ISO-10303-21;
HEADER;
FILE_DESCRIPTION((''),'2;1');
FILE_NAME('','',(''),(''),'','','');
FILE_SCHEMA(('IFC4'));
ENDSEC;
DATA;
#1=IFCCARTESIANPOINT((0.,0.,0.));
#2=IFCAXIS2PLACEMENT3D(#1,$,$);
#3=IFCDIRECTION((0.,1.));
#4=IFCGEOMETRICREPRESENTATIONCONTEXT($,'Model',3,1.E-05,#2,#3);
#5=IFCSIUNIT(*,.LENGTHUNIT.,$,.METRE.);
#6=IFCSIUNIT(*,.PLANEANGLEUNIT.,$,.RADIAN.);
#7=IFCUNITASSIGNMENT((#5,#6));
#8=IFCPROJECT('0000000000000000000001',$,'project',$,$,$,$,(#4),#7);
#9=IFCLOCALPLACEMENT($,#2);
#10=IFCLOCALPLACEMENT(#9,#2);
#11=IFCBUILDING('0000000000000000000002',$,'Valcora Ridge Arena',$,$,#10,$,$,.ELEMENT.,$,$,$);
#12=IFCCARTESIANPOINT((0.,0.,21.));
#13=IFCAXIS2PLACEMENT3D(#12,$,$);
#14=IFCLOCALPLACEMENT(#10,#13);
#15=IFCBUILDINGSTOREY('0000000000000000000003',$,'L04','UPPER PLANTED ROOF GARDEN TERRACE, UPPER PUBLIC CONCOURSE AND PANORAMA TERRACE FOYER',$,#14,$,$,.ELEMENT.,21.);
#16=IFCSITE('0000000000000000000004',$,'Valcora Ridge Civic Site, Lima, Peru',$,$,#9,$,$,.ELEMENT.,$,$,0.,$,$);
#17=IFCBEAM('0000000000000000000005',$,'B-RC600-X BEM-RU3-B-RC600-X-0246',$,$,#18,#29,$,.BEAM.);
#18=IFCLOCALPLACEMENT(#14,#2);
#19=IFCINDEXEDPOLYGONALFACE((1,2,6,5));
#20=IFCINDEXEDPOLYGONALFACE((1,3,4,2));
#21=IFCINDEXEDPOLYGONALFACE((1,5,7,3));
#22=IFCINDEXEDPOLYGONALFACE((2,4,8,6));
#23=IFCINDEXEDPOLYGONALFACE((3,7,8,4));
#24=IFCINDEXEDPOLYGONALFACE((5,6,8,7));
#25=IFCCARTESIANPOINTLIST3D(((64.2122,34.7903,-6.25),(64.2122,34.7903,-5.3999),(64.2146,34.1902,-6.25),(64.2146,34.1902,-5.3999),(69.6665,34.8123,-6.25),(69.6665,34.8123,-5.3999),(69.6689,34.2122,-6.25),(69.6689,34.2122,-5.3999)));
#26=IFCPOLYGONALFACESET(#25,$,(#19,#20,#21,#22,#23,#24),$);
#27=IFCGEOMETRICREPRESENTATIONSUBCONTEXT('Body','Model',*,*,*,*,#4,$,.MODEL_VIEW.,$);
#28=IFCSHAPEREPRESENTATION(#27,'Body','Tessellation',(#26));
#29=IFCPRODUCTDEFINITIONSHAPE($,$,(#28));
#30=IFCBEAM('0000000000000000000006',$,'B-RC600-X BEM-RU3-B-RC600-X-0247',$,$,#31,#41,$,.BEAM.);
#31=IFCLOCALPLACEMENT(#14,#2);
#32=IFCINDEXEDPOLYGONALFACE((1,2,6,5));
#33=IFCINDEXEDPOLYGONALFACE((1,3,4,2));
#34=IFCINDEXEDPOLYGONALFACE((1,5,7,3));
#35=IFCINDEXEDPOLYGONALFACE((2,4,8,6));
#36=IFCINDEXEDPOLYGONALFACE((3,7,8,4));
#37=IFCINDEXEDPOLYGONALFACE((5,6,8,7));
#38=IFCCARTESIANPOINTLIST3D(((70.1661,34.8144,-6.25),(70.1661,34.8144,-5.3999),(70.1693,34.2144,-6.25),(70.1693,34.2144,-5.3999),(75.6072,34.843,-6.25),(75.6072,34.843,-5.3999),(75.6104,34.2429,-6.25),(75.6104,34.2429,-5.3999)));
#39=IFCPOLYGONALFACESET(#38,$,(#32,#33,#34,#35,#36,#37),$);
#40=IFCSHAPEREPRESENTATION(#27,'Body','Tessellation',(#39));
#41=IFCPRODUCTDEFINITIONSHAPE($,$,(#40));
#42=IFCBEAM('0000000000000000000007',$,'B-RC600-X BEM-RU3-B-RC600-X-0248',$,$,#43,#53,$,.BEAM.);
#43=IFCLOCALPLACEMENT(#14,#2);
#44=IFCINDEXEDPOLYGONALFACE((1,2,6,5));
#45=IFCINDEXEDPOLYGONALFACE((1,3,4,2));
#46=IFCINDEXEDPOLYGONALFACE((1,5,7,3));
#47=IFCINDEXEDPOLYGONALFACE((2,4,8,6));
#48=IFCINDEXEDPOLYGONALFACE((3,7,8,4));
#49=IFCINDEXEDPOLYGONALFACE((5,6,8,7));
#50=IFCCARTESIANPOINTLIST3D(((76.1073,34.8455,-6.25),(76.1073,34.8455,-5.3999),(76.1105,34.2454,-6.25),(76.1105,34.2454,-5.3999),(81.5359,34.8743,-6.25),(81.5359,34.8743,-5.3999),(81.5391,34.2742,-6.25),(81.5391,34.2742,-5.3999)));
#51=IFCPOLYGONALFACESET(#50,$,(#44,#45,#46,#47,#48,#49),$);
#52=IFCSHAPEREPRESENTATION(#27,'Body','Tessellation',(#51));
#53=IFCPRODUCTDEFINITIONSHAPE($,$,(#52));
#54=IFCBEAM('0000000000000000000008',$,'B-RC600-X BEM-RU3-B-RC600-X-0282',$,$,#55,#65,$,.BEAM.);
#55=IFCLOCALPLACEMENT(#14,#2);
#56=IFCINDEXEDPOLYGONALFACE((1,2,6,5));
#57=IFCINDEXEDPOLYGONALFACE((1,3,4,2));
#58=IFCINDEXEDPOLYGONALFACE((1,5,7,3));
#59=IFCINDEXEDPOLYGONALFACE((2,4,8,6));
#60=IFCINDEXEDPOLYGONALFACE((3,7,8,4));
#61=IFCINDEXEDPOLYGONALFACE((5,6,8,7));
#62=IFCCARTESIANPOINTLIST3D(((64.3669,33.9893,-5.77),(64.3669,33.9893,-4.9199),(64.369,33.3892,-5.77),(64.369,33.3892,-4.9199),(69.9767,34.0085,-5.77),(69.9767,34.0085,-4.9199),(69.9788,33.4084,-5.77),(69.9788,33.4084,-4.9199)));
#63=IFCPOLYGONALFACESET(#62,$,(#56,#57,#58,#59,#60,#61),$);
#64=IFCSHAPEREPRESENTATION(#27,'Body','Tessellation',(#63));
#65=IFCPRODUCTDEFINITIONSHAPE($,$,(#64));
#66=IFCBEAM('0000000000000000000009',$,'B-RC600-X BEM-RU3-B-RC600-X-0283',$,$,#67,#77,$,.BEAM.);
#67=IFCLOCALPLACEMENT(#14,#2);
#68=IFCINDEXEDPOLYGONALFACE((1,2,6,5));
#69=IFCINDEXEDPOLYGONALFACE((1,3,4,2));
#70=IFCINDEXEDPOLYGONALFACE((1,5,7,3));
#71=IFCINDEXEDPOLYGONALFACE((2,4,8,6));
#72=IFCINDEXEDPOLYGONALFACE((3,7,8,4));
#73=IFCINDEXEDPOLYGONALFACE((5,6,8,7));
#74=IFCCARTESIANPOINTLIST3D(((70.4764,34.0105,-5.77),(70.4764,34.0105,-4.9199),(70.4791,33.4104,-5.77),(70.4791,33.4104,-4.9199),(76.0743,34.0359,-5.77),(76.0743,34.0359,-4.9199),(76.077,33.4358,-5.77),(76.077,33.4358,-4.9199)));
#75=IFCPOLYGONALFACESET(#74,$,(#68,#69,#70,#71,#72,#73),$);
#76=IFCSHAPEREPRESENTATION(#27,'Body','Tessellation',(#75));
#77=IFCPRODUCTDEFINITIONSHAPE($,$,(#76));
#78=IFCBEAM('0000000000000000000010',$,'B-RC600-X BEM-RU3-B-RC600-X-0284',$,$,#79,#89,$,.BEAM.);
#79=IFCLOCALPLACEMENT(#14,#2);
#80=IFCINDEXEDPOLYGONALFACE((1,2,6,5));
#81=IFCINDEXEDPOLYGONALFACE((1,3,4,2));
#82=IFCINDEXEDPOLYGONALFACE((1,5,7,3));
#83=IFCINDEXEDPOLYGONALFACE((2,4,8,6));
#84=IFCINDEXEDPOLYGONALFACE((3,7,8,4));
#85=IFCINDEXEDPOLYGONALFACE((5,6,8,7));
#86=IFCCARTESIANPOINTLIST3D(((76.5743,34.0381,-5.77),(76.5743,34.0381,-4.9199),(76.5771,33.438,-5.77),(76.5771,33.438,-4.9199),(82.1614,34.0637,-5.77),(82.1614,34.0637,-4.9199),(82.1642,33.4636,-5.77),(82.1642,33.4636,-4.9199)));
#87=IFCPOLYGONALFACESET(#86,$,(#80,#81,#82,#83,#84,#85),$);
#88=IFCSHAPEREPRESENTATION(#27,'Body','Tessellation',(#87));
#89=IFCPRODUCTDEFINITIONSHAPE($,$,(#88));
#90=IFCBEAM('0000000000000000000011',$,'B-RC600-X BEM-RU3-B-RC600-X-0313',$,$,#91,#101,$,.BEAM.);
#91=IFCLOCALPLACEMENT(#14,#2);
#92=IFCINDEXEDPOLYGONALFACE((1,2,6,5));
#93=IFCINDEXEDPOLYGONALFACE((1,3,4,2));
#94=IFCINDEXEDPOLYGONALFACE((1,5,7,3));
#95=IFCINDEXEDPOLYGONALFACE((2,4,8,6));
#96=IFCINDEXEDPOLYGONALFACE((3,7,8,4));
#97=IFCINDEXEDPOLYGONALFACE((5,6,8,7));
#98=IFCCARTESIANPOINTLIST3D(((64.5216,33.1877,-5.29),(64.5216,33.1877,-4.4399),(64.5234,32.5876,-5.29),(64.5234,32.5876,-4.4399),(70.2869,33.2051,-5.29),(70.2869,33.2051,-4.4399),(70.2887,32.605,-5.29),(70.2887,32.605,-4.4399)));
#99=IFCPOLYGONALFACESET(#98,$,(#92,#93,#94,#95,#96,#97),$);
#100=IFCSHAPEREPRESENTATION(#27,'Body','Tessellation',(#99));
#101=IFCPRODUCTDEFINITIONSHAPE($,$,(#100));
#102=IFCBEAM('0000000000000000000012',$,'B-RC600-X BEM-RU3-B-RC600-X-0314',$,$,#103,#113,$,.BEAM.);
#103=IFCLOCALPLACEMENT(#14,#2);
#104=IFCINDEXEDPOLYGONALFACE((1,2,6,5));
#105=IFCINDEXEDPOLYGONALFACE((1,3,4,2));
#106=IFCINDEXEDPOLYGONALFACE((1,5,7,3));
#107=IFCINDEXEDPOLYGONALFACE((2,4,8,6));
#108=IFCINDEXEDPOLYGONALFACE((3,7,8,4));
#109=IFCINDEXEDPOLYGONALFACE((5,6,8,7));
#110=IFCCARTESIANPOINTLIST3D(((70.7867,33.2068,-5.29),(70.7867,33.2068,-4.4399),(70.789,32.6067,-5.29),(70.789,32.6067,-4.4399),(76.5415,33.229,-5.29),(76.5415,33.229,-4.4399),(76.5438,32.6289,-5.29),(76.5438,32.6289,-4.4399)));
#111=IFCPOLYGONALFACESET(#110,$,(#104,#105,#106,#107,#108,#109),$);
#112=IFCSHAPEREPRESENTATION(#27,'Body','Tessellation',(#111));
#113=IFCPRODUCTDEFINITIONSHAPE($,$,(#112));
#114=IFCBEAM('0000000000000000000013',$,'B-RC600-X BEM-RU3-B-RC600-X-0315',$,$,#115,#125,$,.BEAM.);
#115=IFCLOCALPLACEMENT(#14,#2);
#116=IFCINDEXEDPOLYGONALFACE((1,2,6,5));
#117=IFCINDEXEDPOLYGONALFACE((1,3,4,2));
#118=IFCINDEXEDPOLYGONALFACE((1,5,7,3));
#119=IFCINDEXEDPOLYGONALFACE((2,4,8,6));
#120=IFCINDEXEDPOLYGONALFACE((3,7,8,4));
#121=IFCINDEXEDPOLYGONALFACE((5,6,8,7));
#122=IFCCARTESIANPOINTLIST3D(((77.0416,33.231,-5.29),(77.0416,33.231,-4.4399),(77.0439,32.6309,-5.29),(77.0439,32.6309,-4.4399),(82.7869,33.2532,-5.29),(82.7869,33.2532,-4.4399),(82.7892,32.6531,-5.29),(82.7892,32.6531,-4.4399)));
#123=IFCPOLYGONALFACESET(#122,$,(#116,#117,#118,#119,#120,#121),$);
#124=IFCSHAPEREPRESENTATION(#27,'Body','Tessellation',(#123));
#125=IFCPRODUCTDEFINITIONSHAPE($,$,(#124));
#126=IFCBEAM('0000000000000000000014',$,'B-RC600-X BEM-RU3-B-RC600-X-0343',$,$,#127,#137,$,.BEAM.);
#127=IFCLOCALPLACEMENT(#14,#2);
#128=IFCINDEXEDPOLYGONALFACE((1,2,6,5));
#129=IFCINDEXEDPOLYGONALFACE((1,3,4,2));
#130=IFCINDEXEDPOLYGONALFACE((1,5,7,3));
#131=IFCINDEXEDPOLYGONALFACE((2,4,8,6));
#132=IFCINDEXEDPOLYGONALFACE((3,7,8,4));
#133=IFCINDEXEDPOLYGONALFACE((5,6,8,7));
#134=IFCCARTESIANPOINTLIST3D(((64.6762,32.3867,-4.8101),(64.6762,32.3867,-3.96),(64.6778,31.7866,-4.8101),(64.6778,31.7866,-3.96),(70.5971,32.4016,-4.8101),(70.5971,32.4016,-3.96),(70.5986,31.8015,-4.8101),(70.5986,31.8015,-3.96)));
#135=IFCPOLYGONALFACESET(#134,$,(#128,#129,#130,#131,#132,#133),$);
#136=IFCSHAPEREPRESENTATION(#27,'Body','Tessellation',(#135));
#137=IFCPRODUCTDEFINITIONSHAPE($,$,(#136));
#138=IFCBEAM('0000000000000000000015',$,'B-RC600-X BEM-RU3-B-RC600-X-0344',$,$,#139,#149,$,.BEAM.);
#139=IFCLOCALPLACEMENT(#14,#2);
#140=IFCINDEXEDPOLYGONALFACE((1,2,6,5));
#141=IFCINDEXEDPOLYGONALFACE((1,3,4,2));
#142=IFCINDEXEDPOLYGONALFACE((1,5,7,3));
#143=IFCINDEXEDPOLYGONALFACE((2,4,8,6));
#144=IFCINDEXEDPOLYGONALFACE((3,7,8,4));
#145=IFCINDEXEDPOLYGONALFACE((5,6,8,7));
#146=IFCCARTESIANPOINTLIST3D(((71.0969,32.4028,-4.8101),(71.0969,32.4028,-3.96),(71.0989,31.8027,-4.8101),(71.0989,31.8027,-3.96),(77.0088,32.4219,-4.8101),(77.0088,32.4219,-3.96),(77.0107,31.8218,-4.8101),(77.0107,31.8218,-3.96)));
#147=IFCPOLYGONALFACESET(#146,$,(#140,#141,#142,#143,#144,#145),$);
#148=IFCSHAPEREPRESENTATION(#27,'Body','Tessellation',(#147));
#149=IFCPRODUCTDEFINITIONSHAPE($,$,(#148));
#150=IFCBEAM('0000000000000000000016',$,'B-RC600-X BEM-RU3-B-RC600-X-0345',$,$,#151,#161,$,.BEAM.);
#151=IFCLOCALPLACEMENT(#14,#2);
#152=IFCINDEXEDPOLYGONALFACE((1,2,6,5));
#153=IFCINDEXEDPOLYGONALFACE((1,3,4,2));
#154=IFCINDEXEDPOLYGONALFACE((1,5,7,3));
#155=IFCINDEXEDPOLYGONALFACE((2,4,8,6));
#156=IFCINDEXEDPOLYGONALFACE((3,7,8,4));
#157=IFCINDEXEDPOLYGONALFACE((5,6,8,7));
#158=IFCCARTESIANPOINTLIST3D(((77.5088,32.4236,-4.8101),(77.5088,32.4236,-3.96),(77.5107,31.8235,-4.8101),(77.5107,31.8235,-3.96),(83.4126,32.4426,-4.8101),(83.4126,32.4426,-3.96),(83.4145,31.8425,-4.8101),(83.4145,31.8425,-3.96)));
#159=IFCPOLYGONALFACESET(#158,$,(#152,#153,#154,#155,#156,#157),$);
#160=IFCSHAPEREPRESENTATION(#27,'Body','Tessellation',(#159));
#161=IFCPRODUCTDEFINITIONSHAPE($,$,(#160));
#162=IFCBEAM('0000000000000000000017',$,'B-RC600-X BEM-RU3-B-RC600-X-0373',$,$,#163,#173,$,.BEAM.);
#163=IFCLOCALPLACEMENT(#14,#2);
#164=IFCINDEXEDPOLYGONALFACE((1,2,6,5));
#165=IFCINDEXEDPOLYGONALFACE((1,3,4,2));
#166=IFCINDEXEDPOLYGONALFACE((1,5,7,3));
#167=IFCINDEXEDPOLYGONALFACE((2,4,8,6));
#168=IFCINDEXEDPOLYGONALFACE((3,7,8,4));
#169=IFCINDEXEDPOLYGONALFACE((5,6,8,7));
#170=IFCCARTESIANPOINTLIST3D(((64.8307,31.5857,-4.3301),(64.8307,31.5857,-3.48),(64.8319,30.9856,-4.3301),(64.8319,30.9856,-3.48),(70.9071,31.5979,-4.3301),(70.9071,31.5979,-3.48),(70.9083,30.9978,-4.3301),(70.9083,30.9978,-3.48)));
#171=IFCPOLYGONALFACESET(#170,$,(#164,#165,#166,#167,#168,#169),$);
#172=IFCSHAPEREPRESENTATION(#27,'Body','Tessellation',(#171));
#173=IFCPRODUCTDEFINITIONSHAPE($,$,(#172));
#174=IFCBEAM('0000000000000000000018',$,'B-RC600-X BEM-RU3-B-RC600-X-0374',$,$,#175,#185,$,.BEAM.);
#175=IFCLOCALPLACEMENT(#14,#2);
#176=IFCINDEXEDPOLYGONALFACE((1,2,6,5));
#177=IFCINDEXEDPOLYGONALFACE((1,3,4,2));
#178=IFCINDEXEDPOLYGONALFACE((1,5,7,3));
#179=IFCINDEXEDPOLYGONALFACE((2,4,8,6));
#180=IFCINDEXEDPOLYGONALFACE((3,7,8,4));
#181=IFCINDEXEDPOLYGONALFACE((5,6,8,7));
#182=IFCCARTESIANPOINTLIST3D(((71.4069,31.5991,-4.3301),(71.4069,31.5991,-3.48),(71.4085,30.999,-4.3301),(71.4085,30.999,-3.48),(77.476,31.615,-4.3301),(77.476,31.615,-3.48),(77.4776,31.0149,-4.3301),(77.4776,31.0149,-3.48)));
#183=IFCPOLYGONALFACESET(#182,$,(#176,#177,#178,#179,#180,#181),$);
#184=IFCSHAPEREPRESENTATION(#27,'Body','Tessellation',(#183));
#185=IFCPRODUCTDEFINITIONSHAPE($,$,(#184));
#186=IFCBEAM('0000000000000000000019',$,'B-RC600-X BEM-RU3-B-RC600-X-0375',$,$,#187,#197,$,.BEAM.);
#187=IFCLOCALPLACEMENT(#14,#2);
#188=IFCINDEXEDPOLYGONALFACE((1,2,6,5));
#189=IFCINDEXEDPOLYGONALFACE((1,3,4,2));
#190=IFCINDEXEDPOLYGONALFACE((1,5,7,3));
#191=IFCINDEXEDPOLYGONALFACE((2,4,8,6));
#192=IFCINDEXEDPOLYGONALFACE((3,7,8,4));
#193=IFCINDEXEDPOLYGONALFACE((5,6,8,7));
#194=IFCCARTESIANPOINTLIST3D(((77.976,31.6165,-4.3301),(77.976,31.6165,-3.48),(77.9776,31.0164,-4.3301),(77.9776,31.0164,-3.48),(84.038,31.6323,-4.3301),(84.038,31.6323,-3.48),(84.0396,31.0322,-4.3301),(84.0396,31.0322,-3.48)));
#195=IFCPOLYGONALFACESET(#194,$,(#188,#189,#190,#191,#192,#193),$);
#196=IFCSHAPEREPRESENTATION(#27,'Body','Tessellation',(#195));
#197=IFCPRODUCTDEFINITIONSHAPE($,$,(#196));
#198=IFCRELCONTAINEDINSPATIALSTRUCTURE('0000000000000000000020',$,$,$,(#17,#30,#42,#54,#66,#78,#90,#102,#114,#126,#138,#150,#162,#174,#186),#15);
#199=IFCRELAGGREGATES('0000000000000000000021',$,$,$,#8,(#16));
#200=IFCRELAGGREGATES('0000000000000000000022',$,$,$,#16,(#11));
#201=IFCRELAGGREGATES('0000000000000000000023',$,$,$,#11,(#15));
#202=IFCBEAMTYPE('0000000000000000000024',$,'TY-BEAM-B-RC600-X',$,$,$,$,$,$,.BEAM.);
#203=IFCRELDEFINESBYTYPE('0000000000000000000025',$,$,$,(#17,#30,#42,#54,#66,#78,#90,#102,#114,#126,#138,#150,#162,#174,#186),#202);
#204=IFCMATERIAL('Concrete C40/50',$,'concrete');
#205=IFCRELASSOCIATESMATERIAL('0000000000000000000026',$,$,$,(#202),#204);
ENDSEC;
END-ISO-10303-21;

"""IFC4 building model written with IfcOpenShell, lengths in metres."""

from ifc_helpers import new_model, si_unit, direction, frame, origin, origin_2d, place, context, subcontext, project, spatial, rectangle, extrude, material, material_profile, profile_set, type_object, element, save


model = new_model("IFC4")

# Units and contexts
model_context = context("Model", 3, precision=1e-05, world=origin(), true_north=direction((0.0, 1.0)))
body_context = subcontext(model_context, "Body", "Model", "MODEL_VIEW")
ifc_project = project(units=[si_unit("LENGTHUNIT", "METRE"), si_unit("PLANEANGLEUNIT", "RADIAN")], contexts=[model_context])

# Site, building, storey
site_placement = place(None, origin())
site = spatial("IfcSite", under=ifc_project, at=site_placement, Name="Valcora Ridge Civic Site, Lima, Peru", CompositionType="ELEMENT", RefElevation=0.0)
building_placement = place(site_placement, origin())
building = spatial("IfcBuilding", under=site, at=building_placement, Name="Valcora Ridge Arena", CompositionType="ELEMENT")
storey_placement = place(building_placement, frame((0.0, 0.0, 21.0)))
storey = spatial("IfcBuildingStorey", under=building, at=storey_placement, Name="L04", Description="UPPER PLANTED ROOF GARDEN TERRACE, UPPER PUBLIC CONCOURSE AND PANORAMA TERRACE FOYER", CompositionType="ELEMENT", Elevation=21.0)

# Beams
ifc_material_1 = material(Name="Concrete C40/50", Category="concrete")
ifc_material_profile_1 = material_profile(ifc_material_1, rectangle(XDim=0.6001, YDim=0.8501, at=origin_2d()), Name="RC 600x850")
ifc_profile_set_1 = profile_set([ifc_material_profile_1], Name="Concrete C40/50")
beam_type_1 = type_object("IfcBeamType", Name="TY-BEAM-B-RC600-X", PredefinedType="BEAM", material=ifc_profile_set_1)
beam_1_placement = place(storey_placement, frame((64.2134, 34.4902, -5.825), z_axis=(0.999992, 0.004028, 0.0), x_axis=(-0.004028, 0.999992, 0.0)))
element("IfcBeam", 1, at=beam_1_placement, inside=storey, type_object=beam_type_1, Name="B-RC600-X BEM-RU3-B-RC600-X-0246", PredefinedType="BEAM", context=body_context, shape_type="SweptSolid", body=[
    extrude(rectangle(XDim=0.6001, YDim=0.8501, at=origin_2d()), origin(), (0.0, 0.0, 1.0), 5.4543),
])
beam_2_placement = place(storey_placement, frame((70.1677, 34.5144, -5.825), z_axis=(0.999986, 0.00525, 0.0), x_axis=(-0.00525, 0.999986, 0.0)))
element("IfcBeam", 2, at=beam_2_placement, inside=storey, type_object=beam_type_1, Name="B-RC600-X BEM-RU3-B-RC600-X-0247", PredefinedType="BEAM", context=body_context, shape_type="SweptSolid", body=[
    extrude(rectangle(XDim=0.6001, YDim=0.8501, at=origin_2d()), origin(), (0.0, 0.0, 1.0), 5.4412),
])
beam_3_placement = place(storey_placement, frame((76.1089, 34.5454, -5.825), z_axis=(0.999986, 0.005307, 0.0), x_axis=(-0.005307, 0.999986, 0.0)))
element("IfcBeam", 3, at=beam_3_placement, inside=storey, type_object=beam_type_1, Name="B-RC600-X BEM-RU3-B-RC600-X-0248", PredefinedType="BEAM", context=body_context, shape_type="SweptSolid", body=[
    extrude(rectangle(XDim=0.6001, YDim=0.8501, at=origin_2d()), origin(), (0.0, 0.0, 1.0), 5.4287),
])
beam_4_placement = place(storey_placement, frame((64.3679, 33.6892, -5.345), z_axis=(0.999994, 0.003438, 0.0), x_axis=(-0.003438, 0.999994, 0.0)))
element("IfcBeam", 4, at=beam_4_placement, inside=storey, type_object=beam_type_1, Name="B-RC600-X BEM-RU3-B-RC600-X-0282", PredefinedType="BEAM", context=body_context, shape_type="SweptSolid", body=[
    extrude(rectangle(XDim=0.6001, YDim=0.8501, at=origin_2d()), origin(), (0.0, 0.0, 1.0), 5.6099),
])
beam_5_placement = place(storey_placement, frame((70.4778, 33.7104, -5.345), z_axis=(0.99999, 0.004536, 0.0), x_axis=(-0.004536, 0.99999, 0.0)))
element("IfcBeam", 5, at=beam_5_placement, inside=storey, type_object=beam_type_1, Name="B-RC600-X BEM-RU3-B-RC600-X-0283", PredefinedType="BEAM", context=body_context, shape_type="SweptSolid", body=[
    extrude(rectangle(XDim=0.6001, YDim=0.8501, at=origin_2d()), origin(), (0.0, 0.0, 1.0), 5.5979),
])
beam_6_placement = place(storey_placement, frame((76.5757, 33.738, -5.345), z_axis=(0.999989, 0.004588, 0.0), x_axis=(-0.004588, 0.999989, 0.0)))
element("IfcBeam", 6, at=beam_6_placement, inside=storey, type_object=beam_type_1, Name="B-RC600-X BEM-RU3-B-RC600-X-0284", PredefinedType="BEAM", context=body_context, shape_type="SweptSolid", body=[
    extrude(rectangle(XDim=0.6001, YDim=0.8501, at=origin_2d()), origin(), (0.0, 0.0, 1.0), 5.5872),
])
beam_7_placement = place(storey_placement, frame((64.5225, 32.8877, -4.865), z_axis=(0.999995, 0.003007, 0.0), x_axis=(-0.003007, 0.999995, 0.0)))
element("IfcBeam", 7, at=beam_7_placement, inside=storey, type_object=beam_type_1, Name="B-RC600-X BEM-RU3-B-RC600-X-0313", PredefinedType="BEAM", context=body_context, shape_type="SweptSolid", body=[
    extrude(rectangle(XDim=0.6001, YDim=0.8501, at=origin_2d()), origin(), (0.0, 0.0, 1.0), 5.7654),
])
beam_8_placement = place(storey_placement, frame((70.7878, 32.9067, -4.865), z_axis=(0.999993, 0.00386, 0.0), x_axis=(-0.00386, 0.999993, 0.0)))
element("IfcBeam", 8, at=beam_8_placement, inside=storey, type_object=beam_type_1, Name="B-RC600-X BEM-RU3-B-RC600-X-0314", PredefinedType="BEAM", context=body_context, shape_type="SweptSolid", body=[
    extrude(rectangle(XDim=0.6001, YDim=0.8501, at=origin_2d()), origin(), (0.0, 0.0, 1.0), 5.7549),
])
beam_9_placement = place(storey_placement, frame((77.0427, 32.9309, -4.865), z_axis=(0.999993, 0.003867, 0.0), x_axis=(-0.003867, 0.999993, 0.0)))
element("IfcBeam", 9, at=beam_9_placement, inside=storey, type_object=beam_type_1, Name="B-RC600-X BEM-RU3-B-RC600-X-0315", PredefinedType="BEAM", context=body_context, shape_type="SweptSolid", body=[
    extrude(rectangle(XDim=0.6001, YDim=0.8501, at=origin_2d()), origin(), (0.0, 0.0, 1.0), 5.7454),
])
beam_10_placement = place(storey_placement, frame((64.677, 32.0867, -4.385), z_axis=(0.999997, 0.002515, 0.0), x_axis=(-0.002515, 0.999997, 0.0)))
element("IfcBeam", 10, at=beam_10_placement, inside=storey, type_object=beam_type_1, Name="B-RC600-X BEM-RU3-B-RC600-X-0343", PredefinedType="BEAM", context=body_context, shape_type="SweptSolid", body=[
    extrude(rectangle(XDim=0.6001, YDim=0.8501, at=origin_2d()), origin(), (0.0, 0.0, 1.0), 5.9209),
])
beam_11_placement = place(storey_placement, frame((71.0979, 32.1028, -4.385), z_axis=(0.999995, 0.003221, 0.0), x_axis=(-0.003221, 0.999995, 0.0)))
element("IfcBeam", 11, at=beam_11_placement, inside=storey, type_object=beam_type_1, Name="B-RC600-X BEM-RU3-B-RC600-X-0344", PredefinedType="BEAM", context=body_context, shape_type="SweptSolid", body=[
    extrude(rectangle(XDim=0.6001, YDim=0.8501, at=origin_2d()), origin(), (0.0, 0.0, 1.0), 5.9119),
])
beam_12_placement = place(storey_placement, frame((77.5098, 32.1235, -4.385), z_axis=(0.999995, 0.003226, 0.0), x_axis=(-0.003226, 0.999995, 0.0)))
element("IfcBeam", 12, at=beam_12_placement, inside=storey, type_object=beam_type_1, Name="B-RC600-X BEM-RU3-B-RC600-X-0345", PredefinedType="BEAM", context=body_context, shape_type="SweptSolid", body=[
    extrude(rectangle(XDim=0.6001, YDim=0.8501, at=origin_2d()), origin(), (0.0, 0.0, 1.0), 5.9038),
])
beam_13_placement = place(storey_placement, frame((64.8313, 31.2856, -3.905), z_axis=(0.999998, 0.002009, 0.0), x_axis=(-0.002009, 0.999998, 0.0)))
element("IfcBeam", 13, at=beam_13_placement, inside=storey, type_object=beam_type_1, Name="B-RC600-X BEM-RU3-B-RC600-X-0373", PredefinedType="BEAM", context=body_context, shape_type="SweptSolid", body=[
    extrude(rectangle(XDim=0.6001, YDim=0.8501, at=origin_2d()), origin(), (0.0, 0.0, 1.0), 6.0764),
])
beam_14_placement = place(storey_placement, frame((71.4077, 31.2991, -3.905), z_axis=(0.999997, 0.002615, 0.0), x_axis=(-0.002615, 0.999997, 0.0)))
element("IfcBeam", 14, at=beam_14_placement, inside=storey, type_object=beam_type_1, Name="B-RC600-X BEM-RU3-B-RC600-X-0374", PredefinedType="BEAM", context=body_context, shape_type="SweptSolid", body=[
    extrude(rectangle(XDim=0.6001, YDim=0.8501, at=origin_2d()), origin(), (0.0, 0.0, 1.0), 6.0691),
])
beam_15_placement = place(storey_placement, frame((77.9768, 31.3164, -3.905), z_axis=(0.999997, 0.002618, 0.0), x_axis=(-0.002618, 0.999997, 0.0)))
element("IfcBeam", 15, at=beam_15_placement, inside=storey, type_object=beam_type_1, Name="B-RC600-X BEM-RU3-B-RC600-X-0375", PredefinedType="BEAM", context=body_context, shape_type="SweptSolid", body=[
    extrude(rectangle(XDim=0.6001, YDim=0.8501, at=origin_2d()), origin(), (0.0, 0.0, 1.0), 6.062),
])

save(model, "model.ifc")
